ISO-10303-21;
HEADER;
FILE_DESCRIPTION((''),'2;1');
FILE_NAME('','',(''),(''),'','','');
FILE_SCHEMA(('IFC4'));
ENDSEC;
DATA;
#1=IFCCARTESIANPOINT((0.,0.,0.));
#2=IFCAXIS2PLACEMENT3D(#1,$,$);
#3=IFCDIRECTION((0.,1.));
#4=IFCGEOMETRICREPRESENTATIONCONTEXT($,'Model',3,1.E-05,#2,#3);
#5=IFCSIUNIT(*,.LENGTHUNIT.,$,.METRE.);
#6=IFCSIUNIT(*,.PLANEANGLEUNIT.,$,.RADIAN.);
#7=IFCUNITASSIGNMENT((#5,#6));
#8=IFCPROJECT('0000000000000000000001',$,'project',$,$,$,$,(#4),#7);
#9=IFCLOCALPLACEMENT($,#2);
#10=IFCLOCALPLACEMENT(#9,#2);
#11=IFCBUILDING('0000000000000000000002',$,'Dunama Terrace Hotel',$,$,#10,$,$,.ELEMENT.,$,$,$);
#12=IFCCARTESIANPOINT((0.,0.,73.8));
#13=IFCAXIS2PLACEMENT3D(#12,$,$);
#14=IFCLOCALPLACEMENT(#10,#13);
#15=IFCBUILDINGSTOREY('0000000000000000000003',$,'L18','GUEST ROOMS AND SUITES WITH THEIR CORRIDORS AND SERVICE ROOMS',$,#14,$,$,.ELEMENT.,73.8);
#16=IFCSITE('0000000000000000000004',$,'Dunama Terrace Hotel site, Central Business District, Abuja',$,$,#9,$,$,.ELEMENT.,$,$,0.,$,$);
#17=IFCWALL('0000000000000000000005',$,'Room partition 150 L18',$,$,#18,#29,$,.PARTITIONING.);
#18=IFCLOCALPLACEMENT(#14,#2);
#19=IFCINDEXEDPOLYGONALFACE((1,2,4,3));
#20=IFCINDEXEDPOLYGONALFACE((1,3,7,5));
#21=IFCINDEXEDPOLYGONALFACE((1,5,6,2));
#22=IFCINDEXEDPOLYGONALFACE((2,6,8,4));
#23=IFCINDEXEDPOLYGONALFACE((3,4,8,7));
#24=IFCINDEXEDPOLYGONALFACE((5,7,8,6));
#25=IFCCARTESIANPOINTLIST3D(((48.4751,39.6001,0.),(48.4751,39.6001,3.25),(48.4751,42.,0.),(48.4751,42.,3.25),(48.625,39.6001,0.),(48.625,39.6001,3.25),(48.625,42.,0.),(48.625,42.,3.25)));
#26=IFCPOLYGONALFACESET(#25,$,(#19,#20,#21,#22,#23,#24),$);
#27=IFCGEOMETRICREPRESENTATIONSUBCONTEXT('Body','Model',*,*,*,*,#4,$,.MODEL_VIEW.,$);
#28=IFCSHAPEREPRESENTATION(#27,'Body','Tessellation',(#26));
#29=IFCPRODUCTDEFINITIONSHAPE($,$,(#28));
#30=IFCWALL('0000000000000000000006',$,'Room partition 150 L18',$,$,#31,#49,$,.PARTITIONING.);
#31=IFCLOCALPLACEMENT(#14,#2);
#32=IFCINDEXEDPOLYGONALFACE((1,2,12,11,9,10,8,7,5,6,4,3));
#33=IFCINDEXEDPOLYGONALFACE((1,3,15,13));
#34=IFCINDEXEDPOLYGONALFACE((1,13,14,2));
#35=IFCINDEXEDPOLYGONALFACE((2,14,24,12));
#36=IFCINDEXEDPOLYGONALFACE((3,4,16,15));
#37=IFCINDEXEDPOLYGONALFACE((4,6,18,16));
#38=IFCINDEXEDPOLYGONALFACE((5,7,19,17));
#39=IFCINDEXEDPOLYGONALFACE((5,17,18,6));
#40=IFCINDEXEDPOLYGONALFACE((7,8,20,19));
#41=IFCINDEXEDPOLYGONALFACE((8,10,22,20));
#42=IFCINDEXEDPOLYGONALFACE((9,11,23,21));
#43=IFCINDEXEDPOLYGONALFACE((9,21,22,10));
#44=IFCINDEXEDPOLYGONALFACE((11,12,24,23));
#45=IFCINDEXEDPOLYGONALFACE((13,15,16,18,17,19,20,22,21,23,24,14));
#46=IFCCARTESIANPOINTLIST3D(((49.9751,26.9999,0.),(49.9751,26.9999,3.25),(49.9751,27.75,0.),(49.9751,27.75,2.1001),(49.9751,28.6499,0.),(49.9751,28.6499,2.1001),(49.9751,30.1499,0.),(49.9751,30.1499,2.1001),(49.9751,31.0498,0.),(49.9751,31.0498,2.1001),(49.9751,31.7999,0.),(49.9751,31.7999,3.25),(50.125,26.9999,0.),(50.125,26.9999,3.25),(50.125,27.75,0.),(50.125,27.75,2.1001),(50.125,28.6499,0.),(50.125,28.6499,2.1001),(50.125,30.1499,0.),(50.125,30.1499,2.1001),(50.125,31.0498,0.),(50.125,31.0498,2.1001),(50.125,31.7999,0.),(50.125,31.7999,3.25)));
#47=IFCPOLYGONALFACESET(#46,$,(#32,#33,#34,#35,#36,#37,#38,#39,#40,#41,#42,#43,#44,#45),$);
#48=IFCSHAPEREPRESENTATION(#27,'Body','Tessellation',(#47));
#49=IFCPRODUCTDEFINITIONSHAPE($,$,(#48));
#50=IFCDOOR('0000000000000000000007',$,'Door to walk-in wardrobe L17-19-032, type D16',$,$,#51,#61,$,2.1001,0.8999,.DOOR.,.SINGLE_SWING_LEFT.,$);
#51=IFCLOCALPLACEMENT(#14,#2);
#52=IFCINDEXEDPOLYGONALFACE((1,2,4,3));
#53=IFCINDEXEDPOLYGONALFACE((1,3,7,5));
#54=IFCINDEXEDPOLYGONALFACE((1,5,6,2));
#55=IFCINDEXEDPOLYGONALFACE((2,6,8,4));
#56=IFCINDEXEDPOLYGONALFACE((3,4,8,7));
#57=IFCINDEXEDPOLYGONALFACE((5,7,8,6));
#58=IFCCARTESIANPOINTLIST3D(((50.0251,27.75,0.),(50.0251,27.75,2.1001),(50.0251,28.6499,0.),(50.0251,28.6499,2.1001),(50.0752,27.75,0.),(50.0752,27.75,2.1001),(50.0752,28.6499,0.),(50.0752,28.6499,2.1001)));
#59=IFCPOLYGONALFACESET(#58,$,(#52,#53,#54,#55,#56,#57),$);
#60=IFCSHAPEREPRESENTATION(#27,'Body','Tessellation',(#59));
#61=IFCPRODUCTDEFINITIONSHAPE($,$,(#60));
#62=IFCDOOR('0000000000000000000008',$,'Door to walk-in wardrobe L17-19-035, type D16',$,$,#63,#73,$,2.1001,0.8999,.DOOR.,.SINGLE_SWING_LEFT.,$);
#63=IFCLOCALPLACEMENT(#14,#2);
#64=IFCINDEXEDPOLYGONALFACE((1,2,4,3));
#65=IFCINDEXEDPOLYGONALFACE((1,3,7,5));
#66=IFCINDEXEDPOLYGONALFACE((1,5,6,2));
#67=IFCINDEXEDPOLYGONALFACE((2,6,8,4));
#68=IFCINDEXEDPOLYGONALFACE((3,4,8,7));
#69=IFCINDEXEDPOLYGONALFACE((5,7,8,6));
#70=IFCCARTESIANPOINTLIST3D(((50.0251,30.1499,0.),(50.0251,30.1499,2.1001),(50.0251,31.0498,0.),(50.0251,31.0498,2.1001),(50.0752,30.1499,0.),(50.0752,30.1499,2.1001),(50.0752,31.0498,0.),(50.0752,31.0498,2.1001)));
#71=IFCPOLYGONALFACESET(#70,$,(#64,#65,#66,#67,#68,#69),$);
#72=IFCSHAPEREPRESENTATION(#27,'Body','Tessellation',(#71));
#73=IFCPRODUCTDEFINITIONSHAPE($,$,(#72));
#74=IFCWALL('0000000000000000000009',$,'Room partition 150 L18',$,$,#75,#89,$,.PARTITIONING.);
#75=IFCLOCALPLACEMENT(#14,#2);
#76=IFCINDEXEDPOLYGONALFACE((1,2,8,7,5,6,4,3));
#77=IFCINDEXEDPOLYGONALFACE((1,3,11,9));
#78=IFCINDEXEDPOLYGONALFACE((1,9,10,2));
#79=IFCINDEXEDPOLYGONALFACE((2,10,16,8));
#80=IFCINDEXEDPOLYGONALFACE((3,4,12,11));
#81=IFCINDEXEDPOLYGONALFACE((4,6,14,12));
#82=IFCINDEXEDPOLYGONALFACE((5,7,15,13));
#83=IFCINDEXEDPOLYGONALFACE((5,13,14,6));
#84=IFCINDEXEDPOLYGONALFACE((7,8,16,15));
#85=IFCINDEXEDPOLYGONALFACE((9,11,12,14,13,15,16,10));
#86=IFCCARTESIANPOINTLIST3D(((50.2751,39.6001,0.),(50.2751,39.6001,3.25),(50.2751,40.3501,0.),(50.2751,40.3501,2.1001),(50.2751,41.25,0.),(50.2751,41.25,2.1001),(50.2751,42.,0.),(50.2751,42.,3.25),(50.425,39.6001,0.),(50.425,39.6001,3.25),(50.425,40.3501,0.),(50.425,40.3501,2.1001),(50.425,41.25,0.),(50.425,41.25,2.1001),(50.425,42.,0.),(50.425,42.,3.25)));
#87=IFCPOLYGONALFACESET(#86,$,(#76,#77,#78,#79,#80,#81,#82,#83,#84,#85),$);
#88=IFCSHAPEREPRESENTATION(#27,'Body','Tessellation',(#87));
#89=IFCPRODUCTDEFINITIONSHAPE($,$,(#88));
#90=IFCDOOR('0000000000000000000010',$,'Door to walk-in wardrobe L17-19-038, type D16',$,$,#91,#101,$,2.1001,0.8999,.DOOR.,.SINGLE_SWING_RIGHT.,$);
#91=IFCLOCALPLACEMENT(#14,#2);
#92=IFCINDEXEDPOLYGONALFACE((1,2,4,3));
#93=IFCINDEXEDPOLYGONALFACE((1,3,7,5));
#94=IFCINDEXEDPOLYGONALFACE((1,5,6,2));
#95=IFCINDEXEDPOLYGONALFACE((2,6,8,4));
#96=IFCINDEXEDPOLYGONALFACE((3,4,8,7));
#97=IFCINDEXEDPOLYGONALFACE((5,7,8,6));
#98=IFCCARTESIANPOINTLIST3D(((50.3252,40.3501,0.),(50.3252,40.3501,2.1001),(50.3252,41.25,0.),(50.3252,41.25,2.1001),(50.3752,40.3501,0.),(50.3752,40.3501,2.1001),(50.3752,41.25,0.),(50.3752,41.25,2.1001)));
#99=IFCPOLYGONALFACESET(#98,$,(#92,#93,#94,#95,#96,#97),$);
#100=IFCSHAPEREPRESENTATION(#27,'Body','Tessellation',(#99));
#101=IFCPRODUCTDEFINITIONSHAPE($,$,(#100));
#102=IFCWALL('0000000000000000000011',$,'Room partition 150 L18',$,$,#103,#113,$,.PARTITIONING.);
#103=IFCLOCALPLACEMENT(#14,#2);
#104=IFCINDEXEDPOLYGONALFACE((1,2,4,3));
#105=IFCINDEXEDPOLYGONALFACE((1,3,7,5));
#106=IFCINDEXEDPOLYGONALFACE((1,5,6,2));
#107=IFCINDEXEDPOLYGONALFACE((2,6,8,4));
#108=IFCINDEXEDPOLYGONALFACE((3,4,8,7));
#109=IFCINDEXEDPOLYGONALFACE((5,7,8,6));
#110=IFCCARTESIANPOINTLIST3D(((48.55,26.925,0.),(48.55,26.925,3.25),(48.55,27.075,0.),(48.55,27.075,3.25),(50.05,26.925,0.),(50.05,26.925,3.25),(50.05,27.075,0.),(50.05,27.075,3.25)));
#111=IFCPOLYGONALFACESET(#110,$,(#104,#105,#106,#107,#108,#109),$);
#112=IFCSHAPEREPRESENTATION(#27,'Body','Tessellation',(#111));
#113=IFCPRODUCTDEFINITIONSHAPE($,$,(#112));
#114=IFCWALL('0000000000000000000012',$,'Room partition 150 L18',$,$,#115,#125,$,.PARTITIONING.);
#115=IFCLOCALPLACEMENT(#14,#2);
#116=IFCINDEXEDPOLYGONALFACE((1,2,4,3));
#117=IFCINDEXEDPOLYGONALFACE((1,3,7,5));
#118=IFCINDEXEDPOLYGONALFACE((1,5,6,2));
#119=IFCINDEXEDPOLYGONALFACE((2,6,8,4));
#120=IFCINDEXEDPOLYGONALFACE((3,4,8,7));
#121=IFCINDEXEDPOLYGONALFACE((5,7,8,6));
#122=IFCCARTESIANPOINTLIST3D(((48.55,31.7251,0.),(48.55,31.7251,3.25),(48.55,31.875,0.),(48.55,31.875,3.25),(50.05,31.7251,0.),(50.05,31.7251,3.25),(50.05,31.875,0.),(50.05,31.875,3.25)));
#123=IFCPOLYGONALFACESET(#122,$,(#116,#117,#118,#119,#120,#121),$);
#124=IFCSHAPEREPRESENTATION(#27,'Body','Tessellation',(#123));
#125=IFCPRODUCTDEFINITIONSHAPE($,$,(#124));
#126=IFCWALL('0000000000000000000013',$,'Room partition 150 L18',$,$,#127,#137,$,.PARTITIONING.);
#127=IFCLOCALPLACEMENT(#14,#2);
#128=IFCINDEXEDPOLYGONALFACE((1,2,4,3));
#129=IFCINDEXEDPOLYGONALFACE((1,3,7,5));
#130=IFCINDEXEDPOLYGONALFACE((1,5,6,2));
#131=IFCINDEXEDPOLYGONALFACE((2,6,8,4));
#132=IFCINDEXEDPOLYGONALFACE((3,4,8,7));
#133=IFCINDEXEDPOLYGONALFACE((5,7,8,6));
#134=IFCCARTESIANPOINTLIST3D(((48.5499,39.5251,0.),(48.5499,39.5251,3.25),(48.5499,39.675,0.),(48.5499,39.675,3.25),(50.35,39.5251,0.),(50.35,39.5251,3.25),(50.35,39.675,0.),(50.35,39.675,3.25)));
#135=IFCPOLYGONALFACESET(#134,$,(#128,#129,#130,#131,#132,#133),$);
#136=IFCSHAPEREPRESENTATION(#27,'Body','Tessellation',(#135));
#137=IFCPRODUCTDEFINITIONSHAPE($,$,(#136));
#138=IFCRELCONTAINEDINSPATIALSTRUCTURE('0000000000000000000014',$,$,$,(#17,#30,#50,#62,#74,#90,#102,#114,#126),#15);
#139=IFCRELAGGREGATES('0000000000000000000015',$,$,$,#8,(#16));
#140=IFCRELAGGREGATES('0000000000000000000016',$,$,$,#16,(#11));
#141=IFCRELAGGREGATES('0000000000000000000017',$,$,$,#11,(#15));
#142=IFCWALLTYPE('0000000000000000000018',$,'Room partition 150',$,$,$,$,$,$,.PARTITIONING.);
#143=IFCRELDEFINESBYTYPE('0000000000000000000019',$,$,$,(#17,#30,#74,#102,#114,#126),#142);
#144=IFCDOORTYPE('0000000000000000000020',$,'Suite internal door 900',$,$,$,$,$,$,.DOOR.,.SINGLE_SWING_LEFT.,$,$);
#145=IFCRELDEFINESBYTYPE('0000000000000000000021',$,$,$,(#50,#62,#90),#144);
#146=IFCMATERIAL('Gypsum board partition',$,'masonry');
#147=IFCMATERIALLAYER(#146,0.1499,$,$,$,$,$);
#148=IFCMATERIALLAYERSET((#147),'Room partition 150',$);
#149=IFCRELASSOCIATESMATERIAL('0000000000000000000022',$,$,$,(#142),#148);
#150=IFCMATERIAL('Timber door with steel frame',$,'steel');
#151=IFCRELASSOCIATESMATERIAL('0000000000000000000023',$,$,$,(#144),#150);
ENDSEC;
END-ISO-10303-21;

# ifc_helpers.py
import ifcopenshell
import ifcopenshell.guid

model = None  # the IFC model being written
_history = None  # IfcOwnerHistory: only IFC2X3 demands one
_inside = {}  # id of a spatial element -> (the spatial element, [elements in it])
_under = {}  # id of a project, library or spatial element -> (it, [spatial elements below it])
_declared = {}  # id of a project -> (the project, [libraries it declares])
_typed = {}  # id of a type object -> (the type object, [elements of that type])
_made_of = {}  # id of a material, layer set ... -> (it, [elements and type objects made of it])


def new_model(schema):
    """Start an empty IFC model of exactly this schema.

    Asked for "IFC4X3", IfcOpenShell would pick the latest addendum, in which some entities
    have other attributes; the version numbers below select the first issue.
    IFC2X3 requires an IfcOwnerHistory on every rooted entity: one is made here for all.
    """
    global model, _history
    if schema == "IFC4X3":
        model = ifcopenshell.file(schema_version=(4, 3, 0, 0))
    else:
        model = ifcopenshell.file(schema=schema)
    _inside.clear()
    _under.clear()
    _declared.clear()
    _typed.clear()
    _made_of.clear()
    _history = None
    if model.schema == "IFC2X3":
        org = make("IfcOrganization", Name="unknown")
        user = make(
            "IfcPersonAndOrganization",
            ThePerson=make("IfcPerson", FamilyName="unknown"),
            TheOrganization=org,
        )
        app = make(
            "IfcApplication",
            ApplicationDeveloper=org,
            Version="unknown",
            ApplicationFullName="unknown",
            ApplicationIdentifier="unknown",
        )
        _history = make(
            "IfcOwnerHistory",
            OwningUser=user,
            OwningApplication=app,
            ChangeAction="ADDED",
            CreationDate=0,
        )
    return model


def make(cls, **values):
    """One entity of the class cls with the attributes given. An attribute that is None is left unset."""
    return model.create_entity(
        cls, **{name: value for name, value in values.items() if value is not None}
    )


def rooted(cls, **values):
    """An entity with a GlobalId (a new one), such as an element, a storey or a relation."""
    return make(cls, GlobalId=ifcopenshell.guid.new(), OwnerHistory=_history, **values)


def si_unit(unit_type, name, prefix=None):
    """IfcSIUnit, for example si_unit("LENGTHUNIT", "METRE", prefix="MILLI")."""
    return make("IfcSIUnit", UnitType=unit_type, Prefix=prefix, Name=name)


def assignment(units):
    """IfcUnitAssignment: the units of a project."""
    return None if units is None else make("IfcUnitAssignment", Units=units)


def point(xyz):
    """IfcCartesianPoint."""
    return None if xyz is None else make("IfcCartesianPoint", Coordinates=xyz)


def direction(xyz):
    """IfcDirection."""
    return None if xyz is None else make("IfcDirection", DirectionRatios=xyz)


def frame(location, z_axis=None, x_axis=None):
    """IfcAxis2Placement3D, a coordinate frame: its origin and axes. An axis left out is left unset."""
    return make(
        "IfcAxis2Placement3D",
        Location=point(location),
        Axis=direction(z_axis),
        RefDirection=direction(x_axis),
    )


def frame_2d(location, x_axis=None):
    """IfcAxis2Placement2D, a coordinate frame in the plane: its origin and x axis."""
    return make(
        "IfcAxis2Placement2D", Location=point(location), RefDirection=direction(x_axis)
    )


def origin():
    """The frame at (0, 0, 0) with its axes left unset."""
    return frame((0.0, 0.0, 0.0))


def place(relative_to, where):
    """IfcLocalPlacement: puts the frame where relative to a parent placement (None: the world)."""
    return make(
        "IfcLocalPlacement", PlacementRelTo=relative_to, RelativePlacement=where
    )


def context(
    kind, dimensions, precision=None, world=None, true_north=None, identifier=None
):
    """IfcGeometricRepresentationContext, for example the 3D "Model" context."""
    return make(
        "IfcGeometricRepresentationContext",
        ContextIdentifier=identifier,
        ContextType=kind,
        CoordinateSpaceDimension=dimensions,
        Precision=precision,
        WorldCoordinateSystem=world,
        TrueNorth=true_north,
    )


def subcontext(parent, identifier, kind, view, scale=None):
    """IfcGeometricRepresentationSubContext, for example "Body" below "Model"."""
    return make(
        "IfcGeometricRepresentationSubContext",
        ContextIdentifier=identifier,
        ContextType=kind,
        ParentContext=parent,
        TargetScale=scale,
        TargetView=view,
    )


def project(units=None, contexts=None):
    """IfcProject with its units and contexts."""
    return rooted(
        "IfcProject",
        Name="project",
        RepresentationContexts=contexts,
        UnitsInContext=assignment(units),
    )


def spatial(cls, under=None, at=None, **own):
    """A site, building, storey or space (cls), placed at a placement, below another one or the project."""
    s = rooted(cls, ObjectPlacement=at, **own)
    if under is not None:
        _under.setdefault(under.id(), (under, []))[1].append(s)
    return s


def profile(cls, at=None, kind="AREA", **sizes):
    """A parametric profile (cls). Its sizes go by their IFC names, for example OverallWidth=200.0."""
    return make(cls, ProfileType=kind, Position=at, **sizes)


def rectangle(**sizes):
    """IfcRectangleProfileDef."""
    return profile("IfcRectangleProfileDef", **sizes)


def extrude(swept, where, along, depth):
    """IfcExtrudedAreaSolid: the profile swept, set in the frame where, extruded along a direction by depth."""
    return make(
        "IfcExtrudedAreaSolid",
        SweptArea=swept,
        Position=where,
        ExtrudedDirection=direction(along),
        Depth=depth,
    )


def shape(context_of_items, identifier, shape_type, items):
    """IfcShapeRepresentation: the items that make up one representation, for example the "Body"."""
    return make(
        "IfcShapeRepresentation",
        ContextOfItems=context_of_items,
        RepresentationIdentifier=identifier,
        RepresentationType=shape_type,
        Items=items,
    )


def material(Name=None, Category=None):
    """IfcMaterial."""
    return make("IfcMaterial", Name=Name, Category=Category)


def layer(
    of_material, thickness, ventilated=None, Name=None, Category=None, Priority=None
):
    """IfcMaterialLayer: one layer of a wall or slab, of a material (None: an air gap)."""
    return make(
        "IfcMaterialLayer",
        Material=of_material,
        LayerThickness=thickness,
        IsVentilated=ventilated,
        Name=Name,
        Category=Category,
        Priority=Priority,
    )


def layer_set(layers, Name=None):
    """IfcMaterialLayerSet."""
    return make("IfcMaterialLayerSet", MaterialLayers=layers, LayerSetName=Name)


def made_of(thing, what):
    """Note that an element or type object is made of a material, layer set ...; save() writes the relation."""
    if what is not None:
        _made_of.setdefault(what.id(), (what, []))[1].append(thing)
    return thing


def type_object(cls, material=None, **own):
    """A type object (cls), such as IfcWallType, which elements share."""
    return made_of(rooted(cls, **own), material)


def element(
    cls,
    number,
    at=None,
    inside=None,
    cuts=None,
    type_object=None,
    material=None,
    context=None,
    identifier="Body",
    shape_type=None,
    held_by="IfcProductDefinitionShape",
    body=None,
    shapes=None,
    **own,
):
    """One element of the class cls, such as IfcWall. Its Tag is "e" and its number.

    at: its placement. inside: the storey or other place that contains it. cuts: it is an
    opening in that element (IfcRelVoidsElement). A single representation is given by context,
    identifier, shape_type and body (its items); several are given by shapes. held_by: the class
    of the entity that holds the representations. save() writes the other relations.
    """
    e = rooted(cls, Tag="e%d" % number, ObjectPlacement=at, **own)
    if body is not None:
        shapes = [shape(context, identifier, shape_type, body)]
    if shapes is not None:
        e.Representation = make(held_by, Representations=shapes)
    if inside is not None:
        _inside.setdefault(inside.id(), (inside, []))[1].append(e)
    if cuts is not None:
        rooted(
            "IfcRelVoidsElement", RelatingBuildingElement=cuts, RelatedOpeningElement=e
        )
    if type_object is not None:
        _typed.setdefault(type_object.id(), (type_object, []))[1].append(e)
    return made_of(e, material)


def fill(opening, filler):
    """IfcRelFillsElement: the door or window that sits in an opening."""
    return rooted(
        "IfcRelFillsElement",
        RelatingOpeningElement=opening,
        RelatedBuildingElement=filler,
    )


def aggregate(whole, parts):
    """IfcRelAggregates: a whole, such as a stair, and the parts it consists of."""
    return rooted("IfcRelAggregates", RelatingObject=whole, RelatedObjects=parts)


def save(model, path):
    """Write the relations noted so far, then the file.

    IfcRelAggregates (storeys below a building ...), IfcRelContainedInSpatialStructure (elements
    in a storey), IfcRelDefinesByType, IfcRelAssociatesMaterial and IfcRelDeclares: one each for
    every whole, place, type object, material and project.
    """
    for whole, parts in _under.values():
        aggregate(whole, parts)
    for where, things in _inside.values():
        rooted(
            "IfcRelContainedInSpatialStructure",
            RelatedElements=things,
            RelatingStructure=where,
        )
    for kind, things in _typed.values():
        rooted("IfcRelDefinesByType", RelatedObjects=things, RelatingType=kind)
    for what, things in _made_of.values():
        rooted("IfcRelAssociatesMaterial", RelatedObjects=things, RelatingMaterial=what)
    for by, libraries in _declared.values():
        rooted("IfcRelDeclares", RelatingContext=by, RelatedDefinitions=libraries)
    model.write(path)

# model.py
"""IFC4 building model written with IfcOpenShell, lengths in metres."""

from ifc_helpers import new_model, si_unit, direction, frame, frame_2d, origin, place, context, subcontext, project, spatial, rectangle, extrude, material, layer, layer_set, type_object, element, fill, save


model = new_model("IFC4")

# Units and contexts
model_context = context("Model", 3, precision=1e-05, world=origin(), true_north=direction((0.0, 1.0)))
body_context = subcontext(model_context, "Body", "Model", "MODEL_VIEW")
ifc_project = project(units=[si_unit("LENGTHUNIT", "METRE"), si_unit("PLANEANGLEUNIT", "RADIAN")], contexts=[model_context])

# Site, building, storey
site_placement = place(None, origin())
site = spatial("IfcSite", under=ifc_project, at=site_placement, Name="Dunama Terrace Hotel site, Central Business District, Abuja", CompositionType="ELEMENT", RefElevation=0.0)
building_placement = place(site_placement, origin())
building = spatial("IfcBuilding", under=site, at=building_placement, Name="Dunama Terrace Hotel", CompositionType="ELEMENT")
storey_placement = place(building_placement, frame((0.0, 0.0, 73.8)))
storey = spatial("IfcBuildingStorey", under=building, at=storey_placement, Name="L18", Description="GUEST ROOMS AND SUITES WITH THEIR CORRIDORS AND SERVICE ROOMS", CompositionType="ELEMENT", Elevation=73.8)

# Wall
ifc_material_1 = material(Name="Gypsum board partition", Category="masonry")
ifc_layer_1 = layer(ifc_material_1, 0.1499)
ifc_layer_set_1 = layer_set([ifc_layer_1], Name="Room partition 150")
wall_type_1 = type_object("IfcWallType", Name="Room partition 150", PredefinedType="PARTITIONING", material=ifc_layer_set_1)
wall_1_placement = place(storey_placement, frame((48.55, 39.6001, 0.0), z_axis=(0.0, 0.0, 1.0), x_axis=(0.0, 1.0, 0.0)))
element("IfcWall", 1, at=wall_1_placement, inside=storey, type_object=wall_type_1, Name="Room partition 150 L18", PredefinedType="PARTITIONING", context=body_context, shape_type="SweptSolid", body=[
    extrude(rectangle(XDim=2.3999, YDim=0.1499, at=frame_2d((1.2, 0.0))), origin(), (0.0, 0.0, 1.0), 3.25),
])

# Wall, openings, doors
wall_2_placement = place(storey_placement, frame((50.05, 27.0, 0.0), z_axis=(0.0, 0.0, 1.0), x_axis=(0.0, 1.0, 0.0)))
wall_2 = element("IfcWall", 2, at=wall_2_placement, inside=storey, type_object=wall_type_1, Name="Room partition 150 L18", PredefinedType="PARTITIONING", context=body_context, shape_type="SweptSolid", body=[
    extrude(rectangle(XDim=4.8, YDim=0.1499, at=frame_2d((2.3999, 0.0))), origin(), (0.0, 0.0, 1.0), 3.25),
])
opening_1_placement = place(wall_2_placement, frame((0.75, 0.0, 0.0)))
opening_1 = element("IfcOpeningElement", 3, at=opening_1_placement, cuts=wall_2, PredefinedType="OPENING", context=body_context, shape_type="SweptSolid", body=[
    extrude(rectangle(XDim=0.8999, YDim=2.1001, at=frame_2d((0.45, 1.05))), frame((0.0, 0.085, 0.0), z_axis=(0.0, -1.0, 0.0), x_axis=(1.0, 0.0, 0.0)), (0.0, 0.0, 1.0), 0.1699),
])
opening_2_placement = place(wall_2_placement, frame((3.1499, 0.0, 0.0)))
opening_2 = element("IfcOpeningElement", 4, at=opening_2_placement, cuts=wall_2, PredefinedType="OPENING", context=body_context, shape_type="SweptSolid", body=[
    extrude(rectangle(XDim=0.8999, YDim=2.1001, at=frame_2d((0.45, 1.05))), frame((0.0, 0.085, 0.0), z_axis=(0.0, -1.0, 0.0), x_axis=(1.0, 0.0, 0.0)), (0.0, 0.0, 1.0), 0.1699),
])
ifc_material_2 = material(Name="Timber door with steel frame", Category="steel")
door_type_1 = type_object("IfcDoorType", Name="Suite internal door 900", OperationType="SINGLE_SWING_LEFT", PredefinedType="DOOR", material=ifc_material_2)
door_1_placement = place(opening_1_placement, origin())
door_1 = element("IfcDoor", 5, at=door_1_placement, inside=storey, type_object=door_type_1, Name="Door to walk-in wardrobe L17-19-032, type D16", OperationType="SINGLE_SWING_LEFT", OverallHeight=2.1001, OverallWidth=0.8999, PredefinedType="DOOR", context=body_context, shape_type="SweptSolid", body=[
    extrude(rectangle(XDim=0.8999, YDim=2.1001, at=frame_2d((0.45, 1.05))), frame((0.0, 0.0249, 0.0), z_axis=(0.0, -1.0, 0.0), x_axis=(1.0, 0.0, 0.0)), (0.0, 0.0, 1.0), 0.05),
])
fill(opening_1, door_1)
door_2_placement = place(opening_2_placement, origin())
door_2 = element("IfcDoor", 6, at=door_2_placement, inside=storey, type_object=door_type_1, Name="Door to walk-in wardrobe L17-19-035, type D16", OperationType="SINGLE_SWING_LEFT", OverallHeight=2.1001, OverallWidth=0.8999, PredefinedType="DOOR", context=body_context, shape_type="SweptSolid", body=[
    extrude(rectangle(XDim=0.8999, YDim=2.1001, at=frame_2d((0.45, 1.05))), frame((0.0, 0.0249, 0.0), z_axis=(0.0, -1.0, 0.0), x_axis=(1.0, 0.0, 0.0)), (0.0, 0.0, 1.0), 0.05),
])
fill(opening_2, door_2)

# Wall, opening, door
wall_3_placement = place(storey_placement, frame((50.3501, 39.6001, 0.0), z_axis=(0.0, 0.0, 1.0), x_axis=(0.0, 1.0, 0.0)))
wall_3 = element("IfcWall", 7, at=wall_3_placement, inside=storey, type_object=wall_type_1, Name="Room partition 150 L18", PredefinedType="PARTITIONING", context=body_context, shape_type="SweptSolid", body=[
    extrude(rectangle(XDim=2.3999, YDim=0.1499, at=frame_2d((1.2, 0.0))), origin(), (0.0, 0.0, 1.0), 3.25),
])
opening_3_placement = place(wall_3_placement, frame((0.75, 0.0, 0.0)))
opening_3 = element("IfcOpeningElement", 8, at=opening_3_placement, cuts=wall_3, PredefinedType="OPENING", context=body_context, shape_type="SweptSolid", body=[
    extrude(rectangle(XDim=0.8999, YDim=2.1001, at=frame_2d((0.45, 1.05))), frame((0.0, 0.085, 0.0), z_axis=(0.0, -1.0, 0.0), x_axis=(1.0, 0.0, 0.0)), (0.0, 0.0, 1.0), 0.1699),
])
door_3_placement = place(opening_3_placement, origin())
door_3 = element("IfcDoor", 9, at=door_3_placement, inside=storey, type_object=door_type_1, Name="Door to walk-in wardrobe L17-19-038, type D16", OperationType="SINGLE_SWING_RIGHT", OverallHeight=2.1001, OverallWidth=0.8999, PredefinedType="DOOR", context=body_context, shape_type="SweptSolid", body=[
    extrude(rectangle(XDim=0.8999, YDim=2.1001, at=frame_2d((0.45, 1.05))), frame((0.0, 0.0249, 0.0), z_axis=(0.0, -1.0, 0.0), x_axis=(1.0, 0.0, 0.0)), (0.0, 0.0, 1.0), 0.05),
])
fill(opening_3, door_3)

# Walls
for number, where, z_axis, x_axis, name in (
    (10, (48.55, 27.0, 0.0), (0.0, 0.0, 1.0), (1.0, 0.0, 0.0), "Room partition 150 L18"),
    (11, (48.55, 31.8, 0.0), (0.0, 0.0, 1.0), (1.0, 0.0, 0.0), "Room partition 150 L18"),
):
    element("IfcWall", number, at=place(storey_placement, frame(where, z_axis=z_axis, x_axis=x_axis)), inside=storey, type_object=wall_type_1, Name=name, PredefinedType="PARTITIONING", context=body_context, shape_type="SweptSolid", body=[
        extrude(rectangle(XDim=1.5, YDim=0.1499, at=frame_2d((0.75, 0.0))), origin(), (0.0, 0.0, 1.0), 3.25),
    ])
wall_4_placement = place(storey_placement, frame((48.55, 39.6001, 0.0), z_axis=(0.0, 0.0, 1.0), x_axis=(1.0, 0.0, 0.0)))
element("IfcWall", 12, at=wall_4_placement, inside=storey, type_object=wall_type_1, Name="Room partition 150 L18", PredefinedType="PARTITIONING", context=body_context, shape_type="SweptSolid", body=[
    extrude(rectangle(XDim=1.8, YDim=0.1499, at=frame_2d((0.8999, 0.0))), origin(), (0.0, 0.0, 1.0), 3.25),
])

save(model, "model.ifc")
